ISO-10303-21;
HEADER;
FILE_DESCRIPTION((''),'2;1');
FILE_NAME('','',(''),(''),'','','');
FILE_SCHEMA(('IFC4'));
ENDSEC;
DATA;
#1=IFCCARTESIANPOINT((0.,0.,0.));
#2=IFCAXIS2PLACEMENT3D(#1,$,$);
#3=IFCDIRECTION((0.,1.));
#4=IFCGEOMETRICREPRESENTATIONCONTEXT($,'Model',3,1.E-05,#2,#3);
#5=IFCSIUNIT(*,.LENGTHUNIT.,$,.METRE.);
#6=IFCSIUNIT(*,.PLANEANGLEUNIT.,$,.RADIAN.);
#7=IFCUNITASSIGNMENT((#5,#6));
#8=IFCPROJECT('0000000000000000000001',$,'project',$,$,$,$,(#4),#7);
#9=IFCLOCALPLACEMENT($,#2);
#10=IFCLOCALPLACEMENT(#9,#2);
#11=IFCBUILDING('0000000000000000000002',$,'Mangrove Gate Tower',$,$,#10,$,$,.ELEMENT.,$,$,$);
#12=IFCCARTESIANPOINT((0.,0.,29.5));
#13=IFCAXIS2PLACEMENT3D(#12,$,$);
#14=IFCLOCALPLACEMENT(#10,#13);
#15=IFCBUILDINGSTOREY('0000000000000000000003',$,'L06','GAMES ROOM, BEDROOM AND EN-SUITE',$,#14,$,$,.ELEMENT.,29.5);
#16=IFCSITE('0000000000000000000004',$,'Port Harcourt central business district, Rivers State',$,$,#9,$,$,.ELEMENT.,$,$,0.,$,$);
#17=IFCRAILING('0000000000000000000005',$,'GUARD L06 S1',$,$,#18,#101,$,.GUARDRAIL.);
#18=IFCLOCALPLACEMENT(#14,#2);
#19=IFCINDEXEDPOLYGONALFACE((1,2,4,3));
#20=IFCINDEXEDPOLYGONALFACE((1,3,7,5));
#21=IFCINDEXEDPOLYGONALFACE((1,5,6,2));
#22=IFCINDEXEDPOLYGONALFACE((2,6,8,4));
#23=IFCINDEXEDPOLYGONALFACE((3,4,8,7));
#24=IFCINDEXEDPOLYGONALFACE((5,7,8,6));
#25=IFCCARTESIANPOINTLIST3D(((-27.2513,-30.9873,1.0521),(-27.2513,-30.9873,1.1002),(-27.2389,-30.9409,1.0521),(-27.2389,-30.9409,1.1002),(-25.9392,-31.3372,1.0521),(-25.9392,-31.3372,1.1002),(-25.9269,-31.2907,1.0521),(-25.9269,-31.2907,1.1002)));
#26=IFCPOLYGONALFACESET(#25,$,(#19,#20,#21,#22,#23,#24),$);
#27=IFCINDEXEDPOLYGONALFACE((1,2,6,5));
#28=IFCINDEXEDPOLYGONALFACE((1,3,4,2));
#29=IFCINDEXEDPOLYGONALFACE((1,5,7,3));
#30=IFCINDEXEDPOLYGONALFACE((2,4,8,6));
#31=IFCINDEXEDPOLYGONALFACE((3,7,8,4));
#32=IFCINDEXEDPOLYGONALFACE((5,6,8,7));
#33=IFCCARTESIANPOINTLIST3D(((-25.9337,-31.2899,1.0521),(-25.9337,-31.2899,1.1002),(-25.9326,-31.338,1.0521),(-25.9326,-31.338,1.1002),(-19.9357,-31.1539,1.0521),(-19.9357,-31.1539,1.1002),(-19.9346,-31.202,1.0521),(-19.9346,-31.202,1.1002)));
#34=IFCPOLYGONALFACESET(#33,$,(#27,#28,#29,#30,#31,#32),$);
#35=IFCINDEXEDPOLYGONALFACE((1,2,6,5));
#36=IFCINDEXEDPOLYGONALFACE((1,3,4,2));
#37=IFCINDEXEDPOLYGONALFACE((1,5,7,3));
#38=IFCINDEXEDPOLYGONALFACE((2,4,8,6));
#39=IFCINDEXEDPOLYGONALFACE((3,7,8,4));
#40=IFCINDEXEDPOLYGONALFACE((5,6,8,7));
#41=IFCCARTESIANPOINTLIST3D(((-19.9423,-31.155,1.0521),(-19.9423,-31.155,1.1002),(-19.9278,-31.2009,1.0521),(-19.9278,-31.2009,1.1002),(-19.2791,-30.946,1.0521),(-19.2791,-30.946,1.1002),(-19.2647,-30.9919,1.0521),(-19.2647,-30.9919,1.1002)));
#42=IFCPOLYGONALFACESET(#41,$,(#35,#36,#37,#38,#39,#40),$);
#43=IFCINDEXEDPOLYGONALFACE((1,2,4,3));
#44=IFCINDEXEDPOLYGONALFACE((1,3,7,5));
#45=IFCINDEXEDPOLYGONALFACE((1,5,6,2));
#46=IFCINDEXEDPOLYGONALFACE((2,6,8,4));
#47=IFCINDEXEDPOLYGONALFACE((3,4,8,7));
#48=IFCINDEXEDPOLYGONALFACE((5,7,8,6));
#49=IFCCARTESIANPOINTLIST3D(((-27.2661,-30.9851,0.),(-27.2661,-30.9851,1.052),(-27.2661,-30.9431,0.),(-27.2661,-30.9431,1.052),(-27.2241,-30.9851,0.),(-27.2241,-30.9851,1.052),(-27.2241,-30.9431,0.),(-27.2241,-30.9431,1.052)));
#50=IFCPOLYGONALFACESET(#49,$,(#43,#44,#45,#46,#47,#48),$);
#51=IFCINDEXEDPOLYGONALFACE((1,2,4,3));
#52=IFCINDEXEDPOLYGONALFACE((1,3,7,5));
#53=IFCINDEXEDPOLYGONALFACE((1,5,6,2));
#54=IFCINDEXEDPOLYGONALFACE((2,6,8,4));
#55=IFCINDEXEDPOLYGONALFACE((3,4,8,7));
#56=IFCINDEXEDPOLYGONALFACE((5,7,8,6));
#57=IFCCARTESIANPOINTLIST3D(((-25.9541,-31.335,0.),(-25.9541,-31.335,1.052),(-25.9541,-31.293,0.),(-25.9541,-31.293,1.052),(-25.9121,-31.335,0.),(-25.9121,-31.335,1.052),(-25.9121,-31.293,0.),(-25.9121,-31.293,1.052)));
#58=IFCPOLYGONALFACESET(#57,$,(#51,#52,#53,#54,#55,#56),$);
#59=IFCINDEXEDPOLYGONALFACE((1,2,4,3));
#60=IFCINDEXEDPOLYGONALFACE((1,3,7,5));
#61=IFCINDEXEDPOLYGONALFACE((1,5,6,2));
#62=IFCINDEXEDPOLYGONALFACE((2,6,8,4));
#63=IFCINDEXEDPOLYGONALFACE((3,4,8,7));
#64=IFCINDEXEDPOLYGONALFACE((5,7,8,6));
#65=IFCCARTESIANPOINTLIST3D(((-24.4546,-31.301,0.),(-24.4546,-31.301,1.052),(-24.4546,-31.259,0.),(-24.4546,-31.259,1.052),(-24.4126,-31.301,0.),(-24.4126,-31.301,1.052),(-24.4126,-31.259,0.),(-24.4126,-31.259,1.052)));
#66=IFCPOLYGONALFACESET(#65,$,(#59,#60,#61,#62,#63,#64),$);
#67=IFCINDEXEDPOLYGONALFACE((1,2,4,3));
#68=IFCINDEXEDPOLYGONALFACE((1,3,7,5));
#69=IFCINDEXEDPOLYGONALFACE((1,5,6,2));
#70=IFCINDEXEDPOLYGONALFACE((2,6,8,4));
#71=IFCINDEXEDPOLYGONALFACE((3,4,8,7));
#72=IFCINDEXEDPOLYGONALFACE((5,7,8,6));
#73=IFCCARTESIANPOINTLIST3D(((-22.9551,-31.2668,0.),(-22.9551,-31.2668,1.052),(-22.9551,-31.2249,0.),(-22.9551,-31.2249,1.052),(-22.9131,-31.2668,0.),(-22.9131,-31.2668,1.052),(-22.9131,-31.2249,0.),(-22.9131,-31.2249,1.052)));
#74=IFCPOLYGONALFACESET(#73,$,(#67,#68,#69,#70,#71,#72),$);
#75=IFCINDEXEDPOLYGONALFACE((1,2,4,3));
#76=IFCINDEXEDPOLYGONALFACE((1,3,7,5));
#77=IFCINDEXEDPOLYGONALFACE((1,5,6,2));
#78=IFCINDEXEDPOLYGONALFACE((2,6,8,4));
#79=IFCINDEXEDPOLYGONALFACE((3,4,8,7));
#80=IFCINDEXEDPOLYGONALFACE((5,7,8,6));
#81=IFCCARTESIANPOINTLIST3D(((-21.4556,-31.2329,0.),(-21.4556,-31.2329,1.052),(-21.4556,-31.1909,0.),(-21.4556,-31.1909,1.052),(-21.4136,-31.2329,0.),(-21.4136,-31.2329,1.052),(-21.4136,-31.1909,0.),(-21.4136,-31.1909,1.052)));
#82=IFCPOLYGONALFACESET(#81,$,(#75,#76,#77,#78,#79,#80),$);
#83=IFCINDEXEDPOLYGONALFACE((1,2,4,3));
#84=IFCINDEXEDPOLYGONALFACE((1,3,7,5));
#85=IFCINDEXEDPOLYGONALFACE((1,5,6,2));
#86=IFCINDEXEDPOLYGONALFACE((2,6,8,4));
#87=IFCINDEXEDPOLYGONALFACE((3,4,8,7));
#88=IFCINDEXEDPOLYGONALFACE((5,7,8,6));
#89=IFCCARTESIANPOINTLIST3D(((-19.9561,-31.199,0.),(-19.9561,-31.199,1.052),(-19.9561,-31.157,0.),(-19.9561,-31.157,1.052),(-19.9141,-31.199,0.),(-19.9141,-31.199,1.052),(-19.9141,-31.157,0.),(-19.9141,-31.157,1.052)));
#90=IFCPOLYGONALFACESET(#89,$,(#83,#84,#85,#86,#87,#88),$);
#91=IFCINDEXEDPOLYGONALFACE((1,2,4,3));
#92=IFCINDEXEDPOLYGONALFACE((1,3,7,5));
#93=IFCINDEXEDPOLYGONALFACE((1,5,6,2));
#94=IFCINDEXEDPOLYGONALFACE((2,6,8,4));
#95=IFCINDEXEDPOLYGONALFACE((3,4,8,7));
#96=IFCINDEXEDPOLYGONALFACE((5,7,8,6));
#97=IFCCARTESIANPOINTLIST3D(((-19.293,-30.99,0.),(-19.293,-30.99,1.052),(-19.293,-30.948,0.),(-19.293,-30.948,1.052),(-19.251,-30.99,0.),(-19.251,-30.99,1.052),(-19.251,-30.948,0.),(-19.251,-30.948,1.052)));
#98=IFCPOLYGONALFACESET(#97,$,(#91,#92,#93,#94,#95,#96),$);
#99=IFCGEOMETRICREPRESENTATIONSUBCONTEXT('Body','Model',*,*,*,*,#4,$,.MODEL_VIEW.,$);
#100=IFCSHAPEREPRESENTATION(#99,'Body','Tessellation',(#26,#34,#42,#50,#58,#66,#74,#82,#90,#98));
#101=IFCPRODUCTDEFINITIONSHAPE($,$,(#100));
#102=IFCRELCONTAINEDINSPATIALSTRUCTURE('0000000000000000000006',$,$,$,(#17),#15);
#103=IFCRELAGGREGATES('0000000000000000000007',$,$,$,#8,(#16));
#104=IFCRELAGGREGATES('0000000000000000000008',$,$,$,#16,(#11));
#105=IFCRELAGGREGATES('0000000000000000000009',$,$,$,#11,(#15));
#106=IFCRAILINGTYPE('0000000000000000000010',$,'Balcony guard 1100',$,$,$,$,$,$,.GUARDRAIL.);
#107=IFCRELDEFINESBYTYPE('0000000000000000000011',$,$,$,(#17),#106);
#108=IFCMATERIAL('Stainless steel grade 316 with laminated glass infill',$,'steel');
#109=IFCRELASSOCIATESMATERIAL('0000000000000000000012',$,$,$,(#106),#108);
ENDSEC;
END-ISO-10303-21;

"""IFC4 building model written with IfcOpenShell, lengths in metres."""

from ifc_helpers import new_model, si_unit, direction, frame, origin, origin_2d, place, context, subcontext, project, spatial, rectangle, extrude, material, type_object, element, save


model = new_model("IFC4")

# Units and contexts
model_context = context("Model", 3, precision=1e-05, world=origin(), true_north=direction((0.0, 1.0)))
body_context = subcontext(model_context, "Body", "Model", "MODEL_VIEW")
ifc_project = project(units=[si_unit("LENGTHUNIT", "METRE"), si_unit("PLANEANGLEUNIT", "RADIAN")], contexts=[model_context])

# Site, building, storey
site_placement = place(None, origin())
site = spatial("IfcSite", under=ifc_project, at=site_placement, Name="Port Harcourt central business district, Rivers State", CompositionType="ELEMENT", RefElevation=0.0)
building_placement = place(site_placement, origin())
building = spatial("IfcBuilding", under=site, at=building_placement, Name="Mangrove Gate Tower", CompositionType="ELEMENT")
storey_placement = place(building_placement, frame((0.0, 0.0, 29.5)))
storey = spatial("IfcBuildingStorey", under=building, at=storey_placement, Name="L06", Description="GAMES ROOM, BEDROOM AND EN-SUITE", CompositionType="ELEMENT", Elevation=29.5)

# Railing
ifc_material_1 = material(Name="Stainless steel grade 316 with laminated glass infill", Category="steel")
railing_type = type_object("IfcRailingType", Name="Balcony guard 1100", PredefinedType="GUARDRAIL", material=ifc_material_1)
railing_1_placement = place(storey_placement, frame((-27.2451, -30.9641, 0.0)))
element("IfcRailing", 1, at=railing_1_placement, inside=storey, type_object=railing_type, Name="GUARD L06 S1", PredefinedType="GUARDRAIL", context=body_context, shape_type="SweptSolid", body=[
    extrude(rectangle(XDim=0.0481, YDim=0.0481, at=origin_2d()), frame((0.0, 0.0, 1.0762), z_axis=(0.966238, -0.257651, 0.0), x_axis=(0.257651, 0.966238, 0.0)), (0.0, 0.0, 1.0), 1.3579),
    extrude(rectangle(XDim=0.0481, YDim=0.0481, at=origin_2d()), frame((1.312, -0.3499, 1.0762), z_axis=(0.999743, 0.022666, 0.0), x_axis=(-0.022666, 0.999743, 0.0)), (0.0, 0.0, 1.0), 5.9995),
    extrude(rectangle(XDim=0.0481, YDim=0.0481, at=origin_2d()), frame((7.3101, -0.2139, 1.0762), z_axis=(0.953752, 0.300594, 0.0), x_axis=(-0.300594, 0.953752, 0.0)), (0.0, 0.0, 1.0), 0.6953),
    extrude(rectangle(XDim=0.042, YDim=0.042, at=origin_2d()), origin(), (0.0, 0.0, 1.0), 1.052),
    extrude(rectangle(XDim=0.042, YDim=0.042, at=origin_2d()), frame((1.312, -0.3499, 0.0)), (0.0, 0.0, 1.0), 1.052),
    extrude(rectangle(XDim=0.042, YDim=0.042, at=origin_2d()), frame((2.8115, -0.3159, 0.0)), (0.0, 0.0, 1.0), 1.052),
    extrude(rectangle(XDim=0.042, YDim=0.042, at=origin_2d()), frame((4.311, -0.2817, 0.0)), (0.0, 0.0, 1.0), 1.052),
    extrude(rectangle(XDim=0.042, YDim=0.042, at=origin_2d()), frame((5.8105, -0.2478, 0.0)), (0.0, 0.0, 1.0), 1.052),
    extrude(rectangle(XDim=0.042, YDim=0.042, at=origin_2d()), frame((7.3101, -0.2139, 0.0)), (0.0, 0.0, 1.0), 1.052),
    extrude(rectangle(XDim=0.042, YDim=0.042, at=origin_2d()), frame((7.9731, -0.0049, 0.0)), (0.0, 0.0, 1.0), 1.052),
])

save(model, "model.ifc")
